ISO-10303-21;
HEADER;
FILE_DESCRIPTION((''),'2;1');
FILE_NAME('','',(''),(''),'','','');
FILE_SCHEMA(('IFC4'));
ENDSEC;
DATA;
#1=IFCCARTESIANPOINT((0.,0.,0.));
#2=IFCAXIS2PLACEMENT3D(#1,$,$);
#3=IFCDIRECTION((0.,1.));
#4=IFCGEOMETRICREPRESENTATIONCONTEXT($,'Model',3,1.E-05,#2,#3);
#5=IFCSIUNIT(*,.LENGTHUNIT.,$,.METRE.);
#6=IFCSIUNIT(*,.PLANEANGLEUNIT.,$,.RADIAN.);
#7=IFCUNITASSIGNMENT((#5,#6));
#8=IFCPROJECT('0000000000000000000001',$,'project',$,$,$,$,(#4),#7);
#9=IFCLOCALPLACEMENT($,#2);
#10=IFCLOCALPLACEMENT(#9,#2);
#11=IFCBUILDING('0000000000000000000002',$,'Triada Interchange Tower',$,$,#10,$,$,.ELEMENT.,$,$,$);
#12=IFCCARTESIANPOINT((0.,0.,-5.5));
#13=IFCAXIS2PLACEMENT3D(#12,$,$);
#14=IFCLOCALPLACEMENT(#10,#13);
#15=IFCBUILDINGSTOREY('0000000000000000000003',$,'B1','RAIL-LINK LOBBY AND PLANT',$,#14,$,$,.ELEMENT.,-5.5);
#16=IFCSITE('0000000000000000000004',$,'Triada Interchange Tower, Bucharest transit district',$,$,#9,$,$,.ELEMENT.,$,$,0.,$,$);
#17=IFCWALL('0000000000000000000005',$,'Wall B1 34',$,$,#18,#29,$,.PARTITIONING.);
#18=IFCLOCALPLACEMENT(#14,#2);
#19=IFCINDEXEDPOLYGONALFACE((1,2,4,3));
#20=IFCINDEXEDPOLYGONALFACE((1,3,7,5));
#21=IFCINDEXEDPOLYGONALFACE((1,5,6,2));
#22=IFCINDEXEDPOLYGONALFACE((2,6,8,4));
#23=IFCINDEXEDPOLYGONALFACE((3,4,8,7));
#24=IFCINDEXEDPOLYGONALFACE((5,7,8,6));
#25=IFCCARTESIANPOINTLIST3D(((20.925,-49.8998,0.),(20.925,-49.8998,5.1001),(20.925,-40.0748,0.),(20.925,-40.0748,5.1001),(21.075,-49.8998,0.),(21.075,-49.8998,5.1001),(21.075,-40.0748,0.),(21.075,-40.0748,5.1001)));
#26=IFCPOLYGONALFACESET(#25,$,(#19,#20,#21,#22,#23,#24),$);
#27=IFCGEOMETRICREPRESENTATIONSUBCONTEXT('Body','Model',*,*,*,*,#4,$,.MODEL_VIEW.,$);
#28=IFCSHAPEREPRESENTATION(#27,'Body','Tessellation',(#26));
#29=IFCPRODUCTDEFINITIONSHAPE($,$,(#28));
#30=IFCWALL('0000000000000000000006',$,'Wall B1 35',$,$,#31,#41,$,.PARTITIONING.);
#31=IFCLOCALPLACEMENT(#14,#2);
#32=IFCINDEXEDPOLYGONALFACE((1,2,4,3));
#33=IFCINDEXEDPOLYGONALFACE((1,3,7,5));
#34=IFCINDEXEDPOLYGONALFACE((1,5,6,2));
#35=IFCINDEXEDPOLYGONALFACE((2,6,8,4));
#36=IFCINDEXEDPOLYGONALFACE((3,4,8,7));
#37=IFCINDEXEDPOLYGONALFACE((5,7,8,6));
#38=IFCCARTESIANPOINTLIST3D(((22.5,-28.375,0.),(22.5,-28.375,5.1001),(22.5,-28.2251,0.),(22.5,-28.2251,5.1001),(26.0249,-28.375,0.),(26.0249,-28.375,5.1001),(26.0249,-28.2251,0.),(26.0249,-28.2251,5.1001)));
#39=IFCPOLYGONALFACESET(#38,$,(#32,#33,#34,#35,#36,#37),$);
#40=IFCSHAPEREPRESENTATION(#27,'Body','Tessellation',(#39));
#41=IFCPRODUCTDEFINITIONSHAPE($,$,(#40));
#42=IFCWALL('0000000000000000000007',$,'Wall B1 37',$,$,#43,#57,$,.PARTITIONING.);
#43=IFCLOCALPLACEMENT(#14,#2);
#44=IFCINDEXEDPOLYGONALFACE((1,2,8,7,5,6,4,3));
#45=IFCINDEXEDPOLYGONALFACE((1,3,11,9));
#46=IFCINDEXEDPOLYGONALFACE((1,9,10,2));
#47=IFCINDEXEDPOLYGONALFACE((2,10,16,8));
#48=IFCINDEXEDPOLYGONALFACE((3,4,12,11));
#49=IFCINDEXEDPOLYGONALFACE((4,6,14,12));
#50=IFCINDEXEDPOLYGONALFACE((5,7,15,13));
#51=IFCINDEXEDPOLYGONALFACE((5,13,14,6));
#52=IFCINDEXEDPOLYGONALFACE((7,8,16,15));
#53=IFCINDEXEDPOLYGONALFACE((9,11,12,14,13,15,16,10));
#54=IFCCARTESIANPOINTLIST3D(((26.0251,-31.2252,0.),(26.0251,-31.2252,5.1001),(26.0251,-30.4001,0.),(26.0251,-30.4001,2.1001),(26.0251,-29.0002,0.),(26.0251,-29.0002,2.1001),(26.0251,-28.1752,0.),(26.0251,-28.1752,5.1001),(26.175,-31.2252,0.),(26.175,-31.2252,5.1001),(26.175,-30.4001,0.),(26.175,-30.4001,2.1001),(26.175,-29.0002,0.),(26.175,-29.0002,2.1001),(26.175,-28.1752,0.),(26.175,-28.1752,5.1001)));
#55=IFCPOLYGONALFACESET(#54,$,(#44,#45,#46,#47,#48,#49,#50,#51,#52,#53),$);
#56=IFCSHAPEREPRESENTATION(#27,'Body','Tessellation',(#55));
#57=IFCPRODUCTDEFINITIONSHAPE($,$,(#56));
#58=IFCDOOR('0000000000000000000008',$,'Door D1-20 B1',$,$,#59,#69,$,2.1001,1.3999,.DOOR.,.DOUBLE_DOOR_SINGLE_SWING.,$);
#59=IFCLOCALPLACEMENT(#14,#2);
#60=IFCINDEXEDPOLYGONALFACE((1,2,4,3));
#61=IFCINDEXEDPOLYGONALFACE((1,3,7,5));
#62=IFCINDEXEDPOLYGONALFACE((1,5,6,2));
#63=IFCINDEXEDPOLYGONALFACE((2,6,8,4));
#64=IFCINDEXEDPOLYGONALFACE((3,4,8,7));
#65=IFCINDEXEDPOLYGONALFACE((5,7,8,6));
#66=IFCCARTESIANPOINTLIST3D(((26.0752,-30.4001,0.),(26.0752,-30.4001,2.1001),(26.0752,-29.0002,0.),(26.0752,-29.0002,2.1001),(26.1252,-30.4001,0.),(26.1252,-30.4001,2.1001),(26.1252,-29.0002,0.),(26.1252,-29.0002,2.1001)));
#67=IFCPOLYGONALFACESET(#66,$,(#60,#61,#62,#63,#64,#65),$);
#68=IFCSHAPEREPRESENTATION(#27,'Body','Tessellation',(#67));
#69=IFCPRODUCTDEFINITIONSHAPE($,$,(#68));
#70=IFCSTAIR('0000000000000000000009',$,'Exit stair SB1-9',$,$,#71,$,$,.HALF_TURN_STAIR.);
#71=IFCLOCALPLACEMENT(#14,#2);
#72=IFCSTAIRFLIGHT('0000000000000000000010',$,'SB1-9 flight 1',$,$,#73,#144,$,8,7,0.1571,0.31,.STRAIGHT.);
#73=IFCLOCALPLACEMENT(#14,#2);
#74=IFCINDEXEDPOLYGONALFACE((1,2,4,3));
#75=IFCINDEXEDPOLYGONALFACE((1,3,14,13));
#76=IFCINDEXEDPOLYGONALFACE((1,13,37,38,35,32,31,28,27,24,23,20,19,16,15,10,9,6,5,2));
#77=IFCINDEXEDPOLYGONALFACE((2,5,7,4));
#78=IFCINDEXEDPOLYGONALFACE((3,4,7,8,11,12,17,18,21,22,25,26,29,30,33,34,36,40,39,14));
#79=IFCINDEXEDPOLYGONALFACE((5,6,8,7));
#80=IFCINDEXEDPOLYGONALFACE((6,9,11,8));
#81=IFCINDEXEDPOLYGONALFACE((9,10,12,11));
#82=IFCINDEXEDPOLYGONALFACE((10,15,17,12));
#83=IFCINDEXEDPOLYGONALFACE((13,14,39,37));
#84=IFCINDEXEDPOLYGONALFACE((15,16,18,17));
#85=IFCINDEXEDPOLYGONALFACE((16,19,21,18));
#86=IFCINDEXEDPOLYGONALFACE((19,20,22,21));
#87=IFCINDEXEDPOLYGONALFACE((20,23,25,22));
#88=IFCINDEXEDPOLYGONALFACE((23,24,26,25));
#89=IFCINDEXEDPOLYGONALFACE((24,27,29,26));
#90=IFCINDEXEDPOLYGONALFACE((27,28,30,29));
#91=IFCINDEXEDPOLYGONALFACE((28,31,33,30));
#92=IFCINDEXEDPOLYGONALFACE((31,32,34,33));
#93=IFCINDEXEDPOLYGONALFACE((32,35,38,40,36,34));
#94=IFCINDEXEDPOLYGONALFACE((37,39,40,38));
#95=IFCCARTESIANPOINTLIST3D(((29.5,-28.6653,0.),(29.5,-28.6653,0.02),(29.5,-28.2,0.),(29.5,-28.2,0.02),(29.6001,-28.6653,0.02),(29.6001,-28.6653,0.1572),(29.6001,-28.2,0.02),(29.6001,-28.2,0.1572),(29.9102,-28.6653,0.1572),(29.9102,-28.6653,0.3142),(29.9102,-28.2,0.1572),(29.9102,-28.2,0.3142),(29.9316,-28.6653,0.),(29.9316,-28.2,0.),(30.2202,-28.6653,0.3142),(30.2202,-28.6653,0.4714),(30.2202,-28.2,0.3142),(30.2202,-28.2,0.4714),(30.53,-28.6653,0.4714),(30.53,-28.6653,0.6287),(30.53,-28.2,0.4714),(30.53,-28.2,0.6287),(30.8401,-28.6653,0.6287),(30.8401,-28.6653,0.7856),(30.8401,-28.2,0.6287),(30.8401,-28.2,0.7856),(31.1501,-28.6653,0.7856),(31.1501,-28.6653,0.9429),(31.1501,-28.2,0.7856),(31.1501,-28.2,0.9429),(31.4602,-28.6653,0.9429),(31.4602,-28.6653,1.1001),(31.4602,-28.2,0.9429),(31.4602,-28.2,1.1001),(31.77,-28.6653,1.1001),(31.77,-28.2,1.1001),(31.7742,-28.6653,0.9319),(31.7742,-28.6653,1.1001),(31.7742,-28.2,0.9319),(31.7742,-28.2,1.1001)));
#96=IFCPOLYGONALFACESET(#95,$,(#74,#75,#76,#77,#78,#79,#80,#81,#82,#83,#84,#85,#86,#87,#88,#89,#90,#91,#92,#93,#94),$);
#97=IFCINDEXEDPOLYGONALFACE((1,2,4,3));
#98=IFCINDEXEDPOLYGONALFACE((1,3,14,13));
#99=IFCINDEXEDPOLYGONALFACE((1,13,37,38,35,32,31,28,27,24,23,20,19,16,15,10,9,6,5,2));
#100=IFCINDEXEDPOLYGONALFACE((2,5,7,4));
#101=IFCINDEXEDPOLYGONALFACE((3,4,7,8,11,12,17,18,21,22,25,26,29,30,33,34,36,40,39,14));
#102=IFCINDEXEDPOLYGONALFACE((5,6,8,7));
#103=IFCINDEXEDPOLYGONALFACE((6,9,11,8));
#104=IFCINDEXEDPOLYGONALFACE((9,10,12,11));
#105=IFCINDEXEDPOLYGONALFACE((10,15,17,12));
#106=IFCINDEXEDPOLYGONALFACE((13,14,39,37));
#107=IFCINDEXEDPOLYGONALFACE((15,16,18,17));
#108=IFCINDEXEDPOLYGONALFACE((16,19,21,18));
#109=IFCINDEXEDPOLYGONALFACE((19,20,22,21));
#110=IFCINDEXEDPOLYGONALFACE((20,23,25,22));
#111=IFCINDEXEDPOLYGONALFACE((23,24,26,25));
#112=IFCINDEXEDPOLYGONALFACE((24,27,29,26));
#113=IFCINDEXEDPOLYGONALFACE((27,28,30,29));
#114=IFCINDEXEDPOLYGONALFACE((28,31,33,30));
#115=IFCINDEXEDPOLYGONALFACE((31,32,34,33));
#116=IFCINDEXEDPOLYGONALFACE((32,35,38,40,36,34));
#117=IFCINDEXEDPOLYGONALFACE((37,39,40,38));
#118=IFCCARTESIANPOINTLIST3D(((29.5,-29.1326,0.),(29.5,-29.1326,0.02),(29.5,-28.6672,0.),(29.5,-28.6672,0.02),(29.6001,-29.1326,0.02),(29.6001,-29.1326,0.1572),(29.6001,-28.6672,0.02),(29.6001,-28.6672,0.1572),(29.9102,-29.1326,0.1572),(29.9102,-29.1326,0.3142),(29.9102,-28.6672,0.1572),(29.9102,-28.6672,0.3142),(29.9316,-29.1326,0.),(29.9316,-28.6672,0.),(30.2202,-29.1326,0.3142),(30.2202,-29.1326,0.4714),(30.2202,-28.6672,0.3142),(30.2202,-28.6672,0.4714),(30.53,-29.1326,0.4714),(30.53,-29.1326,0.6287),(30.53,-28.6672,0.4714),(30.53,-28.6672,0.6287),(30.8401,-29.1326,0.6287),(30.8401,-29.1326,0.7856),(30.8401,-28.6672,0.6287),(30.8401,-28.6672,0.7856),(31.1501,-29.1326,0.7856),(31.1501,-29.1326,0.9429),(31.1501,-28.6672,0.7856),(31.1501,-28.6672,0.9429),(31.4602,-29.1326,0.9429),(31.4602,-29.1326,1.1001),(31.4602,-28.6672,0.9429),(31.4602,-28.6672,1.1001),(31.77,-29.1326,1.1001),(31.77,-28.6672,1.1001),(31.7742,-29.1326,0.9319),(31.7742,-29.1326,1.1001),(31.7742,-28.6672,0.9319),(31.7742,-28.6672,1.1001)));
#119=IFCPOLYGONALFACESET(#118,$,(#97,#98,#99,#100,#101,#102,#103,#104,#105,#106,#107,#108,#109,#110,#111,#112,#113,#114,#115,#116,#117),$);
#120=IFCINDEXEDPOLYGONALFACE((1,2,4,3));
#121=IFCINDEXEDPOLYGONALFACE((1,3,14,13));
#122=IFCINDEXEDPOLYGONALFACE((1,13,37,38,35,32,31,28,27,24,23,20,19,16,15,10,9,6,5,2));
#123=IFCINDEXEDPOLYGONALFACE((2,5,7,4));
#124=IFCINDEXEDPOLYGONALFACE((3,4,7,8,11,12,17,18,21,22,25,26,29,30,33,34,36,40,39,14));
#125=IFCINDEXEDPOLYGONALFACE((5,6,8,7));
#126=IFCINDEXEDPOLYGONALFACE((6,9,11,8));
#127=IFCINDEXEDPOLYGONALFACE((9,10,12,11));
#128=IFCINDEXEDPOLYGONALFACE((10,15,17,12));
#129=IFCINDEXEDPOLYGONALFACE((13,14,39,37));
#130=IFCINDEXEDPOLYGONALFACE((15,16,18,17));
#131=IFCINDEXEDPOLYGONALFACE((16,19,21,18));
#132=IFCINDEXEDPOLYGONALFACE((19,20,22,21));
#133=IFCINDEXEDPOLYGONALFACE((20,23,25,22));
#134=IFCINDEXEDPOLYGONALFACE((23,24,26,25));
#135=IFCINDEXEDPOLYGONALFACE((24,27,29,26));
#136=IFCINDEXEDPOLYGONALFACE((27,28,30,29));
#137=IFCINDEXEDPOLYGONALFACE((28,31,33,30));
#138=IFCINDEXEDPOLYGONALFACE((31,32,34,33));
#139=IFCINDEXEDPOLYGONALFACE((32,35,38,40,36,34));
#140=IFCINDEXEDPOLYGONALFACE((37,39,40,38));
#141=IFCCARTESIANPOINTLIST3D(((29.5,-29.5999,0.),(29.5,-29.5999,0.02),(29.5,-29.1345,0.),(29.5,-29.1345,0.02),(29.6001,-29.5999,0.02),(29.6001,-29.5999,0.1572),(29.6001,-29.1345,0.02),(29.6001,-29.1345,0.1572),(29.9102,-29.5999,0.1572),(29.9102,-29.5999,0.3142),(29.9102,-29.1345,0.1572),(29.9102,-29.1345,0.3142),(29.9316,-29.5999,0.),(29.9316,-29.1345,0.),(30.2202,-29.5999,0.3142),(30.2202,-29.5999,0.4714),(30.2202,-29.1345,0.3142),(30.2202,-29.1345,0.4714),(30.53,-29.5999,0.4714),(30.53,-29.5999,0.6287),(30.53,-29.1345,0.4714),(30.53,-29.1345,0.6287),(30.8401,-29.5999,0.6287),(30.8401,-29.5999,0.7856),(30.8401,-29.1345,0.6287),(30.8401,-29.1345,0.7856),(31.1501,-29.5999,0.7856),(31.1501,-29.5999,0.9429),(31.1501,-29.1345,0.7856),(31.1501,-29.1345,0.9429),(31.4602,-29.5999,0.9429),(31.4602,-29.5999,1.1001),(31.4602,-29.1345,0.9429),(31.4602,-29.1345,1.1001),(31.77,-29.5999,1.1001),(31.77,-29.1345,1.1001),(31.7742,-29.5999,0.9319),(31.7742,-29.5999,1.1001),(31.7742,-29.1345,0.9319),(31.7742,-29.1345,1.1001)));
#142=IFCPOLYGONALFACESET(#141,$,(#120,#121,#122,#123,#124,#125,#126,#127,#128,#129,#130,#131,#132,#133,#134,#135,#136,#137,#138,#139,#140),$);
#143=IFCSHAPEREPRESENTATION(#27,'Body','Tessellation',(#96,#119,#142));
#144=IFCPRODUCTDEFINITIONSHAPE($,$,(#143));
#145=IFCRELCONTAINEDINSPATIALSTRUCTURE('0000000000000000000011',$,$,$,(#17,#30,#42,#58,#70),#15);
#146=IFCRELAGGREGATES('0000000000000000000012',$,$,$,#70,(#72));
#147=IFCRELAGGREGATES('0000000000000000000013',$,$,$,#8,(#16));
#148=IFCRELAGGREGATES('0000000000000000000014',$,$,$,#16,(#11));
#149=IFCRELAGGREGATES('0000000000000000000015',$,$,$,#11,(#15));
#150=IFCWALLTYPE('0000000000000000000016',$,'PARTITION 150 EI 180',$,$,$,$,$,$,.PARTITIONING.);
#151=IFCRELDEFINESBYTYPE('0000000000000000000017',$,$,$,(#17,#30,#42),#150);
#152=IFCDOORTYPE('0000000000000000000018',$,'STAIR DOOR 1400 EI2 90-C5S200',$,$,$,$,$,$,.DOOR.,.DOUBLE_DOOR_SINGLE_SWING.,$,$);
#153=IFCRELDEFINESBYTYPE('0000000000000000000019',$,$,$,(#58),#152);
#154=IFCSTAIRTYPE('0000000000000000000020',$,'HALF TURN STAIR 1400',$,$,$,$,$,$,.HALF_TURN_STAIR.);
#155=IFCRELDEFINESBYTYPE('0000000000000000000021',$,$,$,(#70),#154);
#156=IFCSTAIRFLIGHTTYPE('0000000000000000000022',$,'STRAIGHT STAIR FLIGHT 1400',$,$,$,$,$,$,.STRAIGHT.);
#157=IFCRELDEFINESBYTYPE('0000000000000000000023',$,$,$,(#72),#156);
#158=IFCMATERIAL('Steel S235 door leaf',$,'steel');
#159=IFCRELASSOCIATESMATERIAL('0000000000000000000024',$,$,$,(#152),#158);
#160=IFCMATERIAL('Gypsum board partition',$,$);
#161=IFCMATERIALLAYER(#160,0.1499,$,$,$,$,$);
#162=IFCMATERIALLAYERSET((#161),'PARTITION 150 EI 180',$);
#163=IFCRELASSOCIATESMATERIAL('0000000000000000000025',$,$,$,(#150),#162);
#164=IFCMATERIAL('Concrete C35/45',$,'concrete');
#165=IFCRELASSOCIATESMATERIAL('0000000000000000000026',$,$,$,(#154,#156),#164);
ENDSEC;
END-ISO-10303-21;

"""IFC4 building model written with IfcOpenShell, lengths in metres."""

from ifc_helpers import new_model, si_unit, direction, frame, frame_2d, origin, place, context, subcontext, project, spatial, polyline, rectangle, outline, extrude, material, layer, layer_set, type_object, element, fill, aggregate, save


model = new_model("IFC4")

# Units and contexts
model_context = context("Model", 3, precision=1e-05, world=origin(), true_north=direction((0.0, 1.0)))
body_context = subcontext(model_context, "Body", "Model", "MODEL_VIEW")
ifc_project = project(units=[si_unit("LENGTHUNIT", "METRE"), si_unit("PLANEANGLEUNIT", "RADIAN")], contexts=[model_context])

# Site, building, storey
site_placement = place(None, origin())
site = spatial("IfcSite", under=ifc_project, at=site_placement, Name="Triada Interchange Tower, Bucharest transit district", CompositionType="ELEMENT", RefElevation=0.0)
building_placement = place(site_placement, origin())
building = spatial("IfcBuilding", under=site, at=building_placement, Name="Triada Interchange Tower", CompositionType="ELEMENT")
storey_placement = place(building_placement, frame((0.0, 0.0, -5.5)))
storey = spatial("IfcBuildingStorey", under=building, at=storey_placement, Name="B1", Description="RAIL-LINK LOBBY AND PLANT", CompositionType="ELEMENT", Elevation=-5.5)

# Shared definitions
ifc_material_1 = material(Name="Concrete C35/45", Category="concrete")

# Shared definitions
ifc_material_2 = material(Name="Steel S235 door leaf", Category="steel")
door_type = type_object("IfcDoorType", Name="STAIR DOOR 1400 EI2 90-C5S200", OperationType="DOUBLE_DOOR_SINGLE_SWING", PredefinedType="DOOR", material=ifc_material_2)

# Walls
ifc_material_3 = material(Name="Gypsum board partition")
ifc_layer_1 = layer(ifc_material_3, 0.1499)
ifc_layer_set_1 = layer_set([ifc_layer_1], Name="PARTITION 150 EI 180")
wall_type_1 = type_object("IfcWallType", Name="PARTITION 150 EI 180", PredefinedType="PARTITIONING", material=ifc_layer_set_1)
wall_1_placement = place(storey_placement, frame((21.0, -49.8999, 0.0), z_axis=(0.0, 0.0, 1.0), x_axis=(0.0, 1.0, 0.0)))
element("IfcWall", 1, at=wall_1_placement, inside=storey, type_object=wall_type_1, Name="Wall B1 34", PredefinedType="PARTITIONING", context=body_context, shape_type="SweptSolid", body=[
    extrude(rectangle(XDim=9.825, YDim=0.1499, at=frame_2d((4.9126, 0.0))), origin(), (0.0, 0.0, 1.0), 5.1001),
])
wall_2_placement = place(storey_placement, frame((22.5, -28.3, 0.0), z_axis=(0.0, 0.0, 1.0), x_axis=(1.0, 0.0, 0.0)))
element("IfcWall", 2, at=wall_2_placement, inside=storey, type_object=wall_type_1, Name="Wall B1 35", PredefinedType="PARTITIONING", context=body_context, shape_type="SweptSolid", body=[
    extrude(rectangle(XDim=3.5249, YDim=0.1499, at=frame_2d((1.7625, 0.0))), origin(), (0.0, 0.0, 1.0), 5.1001),
])

# Wall, opening, door
wall_3_placement = place(storey_placement, frame((26.1001, -31.2251, 0.0), z_axis=(0.0, 0.0, 1.0), x_axis=(0.0, 1.0, 0.0)))
wall_3 = element("IfcWall", 3, at=wall_3_placement, inside=storey, type_object=wall_type_1, Name="Wall B1 37", PredefinedType="PARTITIONING", context=body_context, shape_type="SweptSolid", body=[
    extrude(rectangle(XDim=3.05, YDim=0.1499, at=frame_2d((1.5249, 0.0))), origin(), (0.0, 0.0, 1.0), 5.1001),
])
opening_1_placement = place(wall_3_placement, frame((0.825, 0.0, 0.0)))
opening_1 = element("IfcOpeningElement", 4, at=opening_1_placement, cuts=wall_3, PredefinedType="OPENING", context=body_context, shape_type="SweptSolid", body=[
    extrude(rectangle(XDim=1.3999, YDim=2.1001, at=frame_2d((0.7, 1.05))), frame((0.0, 0.085, 0.0), z_axis=(0.0, -1.0, 0.0), x_axis=(1.0, 0.0, 0.0)), (0.0, 0.0, 1.0), 0.1699),
])
door_1_placement = place(opening_1_placement, origin())
door_1 = element("IfcDoor", 5, at=door_1_placement, inside=storey, type_object=door_type, Name="Door D1-20 B1", OperationType="DOUBLE_DOOR_SINGLE_SWING", OverallHeight=2.1001, OverallWidth=1.3999, PredefinedType="DOOR", context=body_context, shape_type="SweptSolid", body=[
    extrude(rectangle(XDim=1.3999, YDim=2.1001, at=frame_2d((0.7, 1.05))), frame((0.0, 0.0249, 0.0), z_axis=(0.0, -1.0, 0.0), x_axis=(1.0, 0.0, 0.0)), (0.0, 0.0, 1.0), 0.05),
])
fill(opening_1, door_1)

# Stair, stair flight
stair_type = type_object("IfcStairType", Name="HALF TURN STAIR 1400", PredefinedType="HALF_TURN_STAIR", material=ifc_material_1)
stair_placement = place(storey_placement, origin())
stair = element("IfcStair", 6, at=stair_placement, inside=storey, type_object=stair_type, Name="Exit stair SB1-9", PredefinedType="HALF_TURN_STAIR")
stair_flight_type = type_object("IfcStairFlightType", Name="STRAIGHT STAIR FLIGHT 1400", PredefinedType="STRAIGHT", material=ifc_material_1)
stair_flight_1_placement = place(storey_placement, frame((29.6001, -28.8999, 0.0), z_axis=(0.0, 0.0, 1.0), x_axis=(1.0, 0.0, 0.0)))
stair_flight_1 = element("IfcStairFlight", 7, at=stair_flight_1_placement, type_object=stair_flight_type, Name="SB1-9 flight 1", NumberOfRisers=8, NumberOfTreads=7, PredefinedType="STRAIGHT", RiserHeight=0.1571, TreadLength=0.31, context=body_context, shape_type="SweptSolid", body=[
    extrude(outline(polyline([(-0.1001, 0.0), (-0.1001, 0.02), (0.0, 0.02), (0.0, 0.1572), (0.3101, 0.1572), (0.3101, 0.3142), (0.6201, 0.3142), (0.6201, 0.4714), (0.9299, 0.4714), (0.9299, 0.6287), (1.24, 0.6287), (1.24, 0.7856), (1.55, 0.7856), (1.55, 0.9429), (1.8601, 0.9429), (1.8601, 1.1001), (2.1699, 1.1001), (2.1741, 1.1001), (2.1741, 1.2571), (2.1741, 0.9319), (0.3315, 0.0), (-0.1001, 0.0)])), frame((0.0, 0.7, 0.0), z_axis=(0.0, -1.0, 0.0), x_axis=(1.0, 0.0, 0.0)), (0.0, 0.0, 1.0), 0.4653),
    extrude(outline(polyline([(-0.1001, 0.0), (-0.1001, 0.02), (0.0, 0.02), (0.0, 0.1572), (0.3101, 0.1572), (0.3101, 0.3142), (0.6201, 0.3142), (0.6201, 0.4714), (0.9299, 0.4714), (0.9299, 0.6287), (1.24, 0.6287), (1.24, 0.7856), (1.55, 0.7856), (1.55, 0.9429), (1.8601, 0.9429), (1.8601, 1.1001), (2.1699, 1.1001), (2.1741, 1.1001), (2.1741, 1.2571), (2.1741, 0.9319), (0.3315, 0.0), (-0.1001, 0.0)])), frame((0.0, 0.2327, 0.0), z_axis=(0.0, -1.0, 0.0), x_axis=(1.0, 0.0, 0.0)), (0.0, 0.0, 1.0), 0.4653),
    extrude(outline(polyline([(-0.1001, 0.0), (-0.1001, 0.02), (0.0, 0.02), (0.0, 0.1572), (0.3101, 0.1572), (0.3101, 0.3142), (0.6201, 0.3142), (0.6201, 0.4714), (0.9299, 0.4714), (0.9299, 0.6287), (1.24, 0.6287), (1.24, 0.7856), (1.55, 0.7856), (1.55, 0.9429), (1.8601, 0.9429), (1.8601, 1.1001), (2.1699, 1.1001), (2.1741, 1.1001), (2.1741, 1.2571), (2.1741, 0.9319), (0.3315, 0.0), (-0.1001, 0.0)])), frame((0.0, -0.2346, 0.0), z_axis=(0.0, -1.0, 0.0), x_axis=(1.0, 0.0, 0.0)), (0.0, 0.0, 1.0), 0.4653),
])
aggregate(stair, [stair_flight_1])

save(model, "model.ifc")
